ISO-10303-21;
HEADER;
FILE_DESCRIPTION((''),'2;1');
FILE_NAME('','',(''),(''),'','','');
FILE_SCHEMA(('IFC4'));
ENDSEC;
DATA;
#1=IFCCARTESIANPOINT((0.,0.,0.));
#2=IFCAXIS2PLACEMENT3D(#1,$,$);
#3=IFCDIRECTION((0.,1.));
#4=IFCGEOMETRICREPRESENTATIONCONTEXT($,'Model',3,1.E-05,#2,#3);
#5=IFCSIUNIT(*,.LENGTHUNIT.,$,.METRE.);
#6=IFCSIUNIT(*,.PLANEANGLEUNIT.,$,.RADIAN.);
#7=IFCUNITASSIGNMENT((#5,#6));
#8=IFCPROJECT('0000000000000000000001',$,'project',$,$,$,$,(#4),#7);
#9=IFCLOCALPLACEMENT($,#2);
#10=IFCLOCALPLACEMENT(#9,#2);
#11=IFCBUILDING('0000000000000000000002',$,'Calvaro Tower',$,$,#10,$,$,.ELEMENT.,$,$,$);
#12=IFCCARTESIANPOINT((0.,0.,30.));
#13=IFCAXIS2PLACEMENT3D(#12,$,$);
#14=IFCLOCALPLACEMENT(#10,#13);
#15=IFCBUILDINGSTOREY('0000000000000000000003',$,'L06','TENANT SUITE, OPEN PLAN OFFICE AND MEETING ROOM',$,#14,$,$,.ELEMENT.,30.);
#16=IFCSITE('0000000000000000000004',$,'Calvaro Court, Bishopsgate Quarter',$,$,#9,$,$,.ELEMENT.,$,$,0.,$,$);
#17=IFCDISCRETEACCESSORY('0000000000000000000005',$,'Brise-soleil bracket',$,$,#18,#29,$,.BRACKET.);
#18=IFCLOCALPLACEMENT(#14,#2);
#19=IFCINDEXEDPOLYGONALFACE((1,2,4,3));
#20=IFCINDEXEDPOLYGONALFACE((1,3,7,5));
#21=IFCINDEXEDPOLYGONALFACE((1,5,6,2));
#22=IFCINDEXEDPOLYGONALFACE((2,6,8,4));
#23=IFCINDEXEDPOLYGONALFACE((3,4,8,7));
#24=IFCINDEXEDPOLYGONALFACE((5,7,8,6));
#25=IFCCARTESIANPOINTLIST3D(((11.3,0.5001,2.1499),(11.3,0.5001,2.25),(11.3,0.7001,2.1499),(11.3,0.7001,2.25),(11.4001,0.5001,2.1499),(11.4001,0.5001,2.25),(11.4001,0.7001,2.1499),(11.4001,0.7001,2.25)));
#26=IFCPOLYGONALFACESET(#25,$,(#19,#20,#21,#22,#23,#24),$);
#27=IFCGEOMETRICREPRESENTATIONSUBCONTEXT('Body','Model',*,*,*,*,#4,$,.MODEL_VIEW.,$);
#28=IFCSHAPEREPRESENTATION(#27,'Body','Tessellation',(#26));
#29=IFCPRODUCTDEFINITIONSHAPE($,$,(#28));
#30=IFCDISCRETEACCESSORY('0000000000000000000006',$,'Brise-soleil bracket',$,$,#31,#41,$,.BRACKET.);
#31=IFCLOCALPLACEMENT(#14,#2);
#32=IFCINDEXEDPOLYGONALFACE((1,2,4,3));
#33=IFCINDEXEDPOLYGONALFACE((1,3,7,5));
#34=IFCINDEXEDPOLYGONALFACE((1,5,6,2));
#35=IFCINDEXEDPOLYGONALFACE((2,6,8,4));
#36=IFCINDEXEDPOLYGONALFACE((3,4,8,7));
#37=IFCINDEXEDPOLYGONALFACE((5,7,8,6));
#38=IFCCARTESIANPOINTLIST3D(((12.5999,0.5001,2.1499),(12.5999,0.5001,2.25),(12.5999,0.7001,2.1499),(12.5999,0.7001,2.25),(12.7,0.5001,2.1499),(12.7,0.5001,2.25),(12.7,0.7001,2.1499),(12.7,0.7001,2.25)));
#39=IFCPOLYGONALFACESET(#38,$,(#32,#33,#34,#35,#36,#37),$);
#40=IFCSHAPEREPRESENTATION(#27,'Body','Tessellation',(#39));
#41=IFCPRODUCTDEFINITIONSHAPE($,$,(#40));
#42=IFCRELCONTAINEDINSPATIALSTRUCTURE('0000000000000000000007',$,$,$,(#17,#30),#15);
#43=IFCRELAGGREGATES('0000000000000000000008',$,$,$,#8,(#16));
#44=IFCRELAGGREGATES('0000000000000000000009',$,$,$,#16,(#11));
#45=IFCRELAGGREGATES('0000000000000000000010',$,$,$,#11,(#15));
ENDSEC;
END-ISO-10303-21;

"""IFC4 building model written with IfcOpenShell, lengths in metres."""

from ifc_helpers import new_model, si_unit, direction, frame, origin, origin_2d, place, context, subcontext, project, spatial, rectangle, extrude, element, save


model = new_model("IFC4")

# Units and contexts
model_context = context("Model", 3, precision=1e-05, world=origin(), true_north=direction((0.0, 1.0)))
body_context = subcontext(model_context, "Body", "Model", "MODEL_VIEW")
ifc_project = project(units=[si_unit("LENGTHUNIT", "METRE"), si_unit("PLANEANGLEUNIT", "RADIAN")], contexts=[model_context])

# Site, building, storey
site_placement = place(None, origin())
site = spatial("IfcSite", under=ifc_project, at=site_placement, Name="Calvaro Court, Bishopsgate Quarter", CompositionType="ELEMENT", RefElevation=0.0)
building_placement = place(site_placement, origin())
building = spatial("IfcBuilding", under=site, at=building_placement, Name="Calvaro Tower", CompositionType="ELEMENT")
storey_placement = place(building_placement, frame((0.0, 0.0, 30.0)))
storey = spatial("IfcBuildingStorey", under=building, at=storey_placement, Name="L06", Description="TENANT SUITE, OPEN PLAN OFFICE AND MEETING ROOM", CompositionType="ELEMENT", Elevation=30.0)

# Discrete accessories
for number, where, z_axis, x_axis, name in (
    (1, (11.3501, 0.6001, 2.1499), (0.0, 0.0, 1.0), (1.0, 0.0, 0.0), "Brise-soleil bracket"),
    (2, (12.6499, 0.6001, 2.1499), (0.0, 0.0, 1.0), (1.0, 0.0, 0.0), "Brise-soleil bracket"),
):
    element("IfcDiscreteAccessory", number, at=place(storey_placement, frame(where, z_axis=z_axis, x_axis=x_axis)), inside=storey, Name=name, PredefinedType="BRACKET", context=body_context, shape_type="SweptSolid", body=[
        extrude(rectangle(XDim=0.1001, YDim=0.2, at=origin_2d()), origin(), (0.0, 0.0, 1.0), 0.1001),
    ])

save(model, "model.ifc")
